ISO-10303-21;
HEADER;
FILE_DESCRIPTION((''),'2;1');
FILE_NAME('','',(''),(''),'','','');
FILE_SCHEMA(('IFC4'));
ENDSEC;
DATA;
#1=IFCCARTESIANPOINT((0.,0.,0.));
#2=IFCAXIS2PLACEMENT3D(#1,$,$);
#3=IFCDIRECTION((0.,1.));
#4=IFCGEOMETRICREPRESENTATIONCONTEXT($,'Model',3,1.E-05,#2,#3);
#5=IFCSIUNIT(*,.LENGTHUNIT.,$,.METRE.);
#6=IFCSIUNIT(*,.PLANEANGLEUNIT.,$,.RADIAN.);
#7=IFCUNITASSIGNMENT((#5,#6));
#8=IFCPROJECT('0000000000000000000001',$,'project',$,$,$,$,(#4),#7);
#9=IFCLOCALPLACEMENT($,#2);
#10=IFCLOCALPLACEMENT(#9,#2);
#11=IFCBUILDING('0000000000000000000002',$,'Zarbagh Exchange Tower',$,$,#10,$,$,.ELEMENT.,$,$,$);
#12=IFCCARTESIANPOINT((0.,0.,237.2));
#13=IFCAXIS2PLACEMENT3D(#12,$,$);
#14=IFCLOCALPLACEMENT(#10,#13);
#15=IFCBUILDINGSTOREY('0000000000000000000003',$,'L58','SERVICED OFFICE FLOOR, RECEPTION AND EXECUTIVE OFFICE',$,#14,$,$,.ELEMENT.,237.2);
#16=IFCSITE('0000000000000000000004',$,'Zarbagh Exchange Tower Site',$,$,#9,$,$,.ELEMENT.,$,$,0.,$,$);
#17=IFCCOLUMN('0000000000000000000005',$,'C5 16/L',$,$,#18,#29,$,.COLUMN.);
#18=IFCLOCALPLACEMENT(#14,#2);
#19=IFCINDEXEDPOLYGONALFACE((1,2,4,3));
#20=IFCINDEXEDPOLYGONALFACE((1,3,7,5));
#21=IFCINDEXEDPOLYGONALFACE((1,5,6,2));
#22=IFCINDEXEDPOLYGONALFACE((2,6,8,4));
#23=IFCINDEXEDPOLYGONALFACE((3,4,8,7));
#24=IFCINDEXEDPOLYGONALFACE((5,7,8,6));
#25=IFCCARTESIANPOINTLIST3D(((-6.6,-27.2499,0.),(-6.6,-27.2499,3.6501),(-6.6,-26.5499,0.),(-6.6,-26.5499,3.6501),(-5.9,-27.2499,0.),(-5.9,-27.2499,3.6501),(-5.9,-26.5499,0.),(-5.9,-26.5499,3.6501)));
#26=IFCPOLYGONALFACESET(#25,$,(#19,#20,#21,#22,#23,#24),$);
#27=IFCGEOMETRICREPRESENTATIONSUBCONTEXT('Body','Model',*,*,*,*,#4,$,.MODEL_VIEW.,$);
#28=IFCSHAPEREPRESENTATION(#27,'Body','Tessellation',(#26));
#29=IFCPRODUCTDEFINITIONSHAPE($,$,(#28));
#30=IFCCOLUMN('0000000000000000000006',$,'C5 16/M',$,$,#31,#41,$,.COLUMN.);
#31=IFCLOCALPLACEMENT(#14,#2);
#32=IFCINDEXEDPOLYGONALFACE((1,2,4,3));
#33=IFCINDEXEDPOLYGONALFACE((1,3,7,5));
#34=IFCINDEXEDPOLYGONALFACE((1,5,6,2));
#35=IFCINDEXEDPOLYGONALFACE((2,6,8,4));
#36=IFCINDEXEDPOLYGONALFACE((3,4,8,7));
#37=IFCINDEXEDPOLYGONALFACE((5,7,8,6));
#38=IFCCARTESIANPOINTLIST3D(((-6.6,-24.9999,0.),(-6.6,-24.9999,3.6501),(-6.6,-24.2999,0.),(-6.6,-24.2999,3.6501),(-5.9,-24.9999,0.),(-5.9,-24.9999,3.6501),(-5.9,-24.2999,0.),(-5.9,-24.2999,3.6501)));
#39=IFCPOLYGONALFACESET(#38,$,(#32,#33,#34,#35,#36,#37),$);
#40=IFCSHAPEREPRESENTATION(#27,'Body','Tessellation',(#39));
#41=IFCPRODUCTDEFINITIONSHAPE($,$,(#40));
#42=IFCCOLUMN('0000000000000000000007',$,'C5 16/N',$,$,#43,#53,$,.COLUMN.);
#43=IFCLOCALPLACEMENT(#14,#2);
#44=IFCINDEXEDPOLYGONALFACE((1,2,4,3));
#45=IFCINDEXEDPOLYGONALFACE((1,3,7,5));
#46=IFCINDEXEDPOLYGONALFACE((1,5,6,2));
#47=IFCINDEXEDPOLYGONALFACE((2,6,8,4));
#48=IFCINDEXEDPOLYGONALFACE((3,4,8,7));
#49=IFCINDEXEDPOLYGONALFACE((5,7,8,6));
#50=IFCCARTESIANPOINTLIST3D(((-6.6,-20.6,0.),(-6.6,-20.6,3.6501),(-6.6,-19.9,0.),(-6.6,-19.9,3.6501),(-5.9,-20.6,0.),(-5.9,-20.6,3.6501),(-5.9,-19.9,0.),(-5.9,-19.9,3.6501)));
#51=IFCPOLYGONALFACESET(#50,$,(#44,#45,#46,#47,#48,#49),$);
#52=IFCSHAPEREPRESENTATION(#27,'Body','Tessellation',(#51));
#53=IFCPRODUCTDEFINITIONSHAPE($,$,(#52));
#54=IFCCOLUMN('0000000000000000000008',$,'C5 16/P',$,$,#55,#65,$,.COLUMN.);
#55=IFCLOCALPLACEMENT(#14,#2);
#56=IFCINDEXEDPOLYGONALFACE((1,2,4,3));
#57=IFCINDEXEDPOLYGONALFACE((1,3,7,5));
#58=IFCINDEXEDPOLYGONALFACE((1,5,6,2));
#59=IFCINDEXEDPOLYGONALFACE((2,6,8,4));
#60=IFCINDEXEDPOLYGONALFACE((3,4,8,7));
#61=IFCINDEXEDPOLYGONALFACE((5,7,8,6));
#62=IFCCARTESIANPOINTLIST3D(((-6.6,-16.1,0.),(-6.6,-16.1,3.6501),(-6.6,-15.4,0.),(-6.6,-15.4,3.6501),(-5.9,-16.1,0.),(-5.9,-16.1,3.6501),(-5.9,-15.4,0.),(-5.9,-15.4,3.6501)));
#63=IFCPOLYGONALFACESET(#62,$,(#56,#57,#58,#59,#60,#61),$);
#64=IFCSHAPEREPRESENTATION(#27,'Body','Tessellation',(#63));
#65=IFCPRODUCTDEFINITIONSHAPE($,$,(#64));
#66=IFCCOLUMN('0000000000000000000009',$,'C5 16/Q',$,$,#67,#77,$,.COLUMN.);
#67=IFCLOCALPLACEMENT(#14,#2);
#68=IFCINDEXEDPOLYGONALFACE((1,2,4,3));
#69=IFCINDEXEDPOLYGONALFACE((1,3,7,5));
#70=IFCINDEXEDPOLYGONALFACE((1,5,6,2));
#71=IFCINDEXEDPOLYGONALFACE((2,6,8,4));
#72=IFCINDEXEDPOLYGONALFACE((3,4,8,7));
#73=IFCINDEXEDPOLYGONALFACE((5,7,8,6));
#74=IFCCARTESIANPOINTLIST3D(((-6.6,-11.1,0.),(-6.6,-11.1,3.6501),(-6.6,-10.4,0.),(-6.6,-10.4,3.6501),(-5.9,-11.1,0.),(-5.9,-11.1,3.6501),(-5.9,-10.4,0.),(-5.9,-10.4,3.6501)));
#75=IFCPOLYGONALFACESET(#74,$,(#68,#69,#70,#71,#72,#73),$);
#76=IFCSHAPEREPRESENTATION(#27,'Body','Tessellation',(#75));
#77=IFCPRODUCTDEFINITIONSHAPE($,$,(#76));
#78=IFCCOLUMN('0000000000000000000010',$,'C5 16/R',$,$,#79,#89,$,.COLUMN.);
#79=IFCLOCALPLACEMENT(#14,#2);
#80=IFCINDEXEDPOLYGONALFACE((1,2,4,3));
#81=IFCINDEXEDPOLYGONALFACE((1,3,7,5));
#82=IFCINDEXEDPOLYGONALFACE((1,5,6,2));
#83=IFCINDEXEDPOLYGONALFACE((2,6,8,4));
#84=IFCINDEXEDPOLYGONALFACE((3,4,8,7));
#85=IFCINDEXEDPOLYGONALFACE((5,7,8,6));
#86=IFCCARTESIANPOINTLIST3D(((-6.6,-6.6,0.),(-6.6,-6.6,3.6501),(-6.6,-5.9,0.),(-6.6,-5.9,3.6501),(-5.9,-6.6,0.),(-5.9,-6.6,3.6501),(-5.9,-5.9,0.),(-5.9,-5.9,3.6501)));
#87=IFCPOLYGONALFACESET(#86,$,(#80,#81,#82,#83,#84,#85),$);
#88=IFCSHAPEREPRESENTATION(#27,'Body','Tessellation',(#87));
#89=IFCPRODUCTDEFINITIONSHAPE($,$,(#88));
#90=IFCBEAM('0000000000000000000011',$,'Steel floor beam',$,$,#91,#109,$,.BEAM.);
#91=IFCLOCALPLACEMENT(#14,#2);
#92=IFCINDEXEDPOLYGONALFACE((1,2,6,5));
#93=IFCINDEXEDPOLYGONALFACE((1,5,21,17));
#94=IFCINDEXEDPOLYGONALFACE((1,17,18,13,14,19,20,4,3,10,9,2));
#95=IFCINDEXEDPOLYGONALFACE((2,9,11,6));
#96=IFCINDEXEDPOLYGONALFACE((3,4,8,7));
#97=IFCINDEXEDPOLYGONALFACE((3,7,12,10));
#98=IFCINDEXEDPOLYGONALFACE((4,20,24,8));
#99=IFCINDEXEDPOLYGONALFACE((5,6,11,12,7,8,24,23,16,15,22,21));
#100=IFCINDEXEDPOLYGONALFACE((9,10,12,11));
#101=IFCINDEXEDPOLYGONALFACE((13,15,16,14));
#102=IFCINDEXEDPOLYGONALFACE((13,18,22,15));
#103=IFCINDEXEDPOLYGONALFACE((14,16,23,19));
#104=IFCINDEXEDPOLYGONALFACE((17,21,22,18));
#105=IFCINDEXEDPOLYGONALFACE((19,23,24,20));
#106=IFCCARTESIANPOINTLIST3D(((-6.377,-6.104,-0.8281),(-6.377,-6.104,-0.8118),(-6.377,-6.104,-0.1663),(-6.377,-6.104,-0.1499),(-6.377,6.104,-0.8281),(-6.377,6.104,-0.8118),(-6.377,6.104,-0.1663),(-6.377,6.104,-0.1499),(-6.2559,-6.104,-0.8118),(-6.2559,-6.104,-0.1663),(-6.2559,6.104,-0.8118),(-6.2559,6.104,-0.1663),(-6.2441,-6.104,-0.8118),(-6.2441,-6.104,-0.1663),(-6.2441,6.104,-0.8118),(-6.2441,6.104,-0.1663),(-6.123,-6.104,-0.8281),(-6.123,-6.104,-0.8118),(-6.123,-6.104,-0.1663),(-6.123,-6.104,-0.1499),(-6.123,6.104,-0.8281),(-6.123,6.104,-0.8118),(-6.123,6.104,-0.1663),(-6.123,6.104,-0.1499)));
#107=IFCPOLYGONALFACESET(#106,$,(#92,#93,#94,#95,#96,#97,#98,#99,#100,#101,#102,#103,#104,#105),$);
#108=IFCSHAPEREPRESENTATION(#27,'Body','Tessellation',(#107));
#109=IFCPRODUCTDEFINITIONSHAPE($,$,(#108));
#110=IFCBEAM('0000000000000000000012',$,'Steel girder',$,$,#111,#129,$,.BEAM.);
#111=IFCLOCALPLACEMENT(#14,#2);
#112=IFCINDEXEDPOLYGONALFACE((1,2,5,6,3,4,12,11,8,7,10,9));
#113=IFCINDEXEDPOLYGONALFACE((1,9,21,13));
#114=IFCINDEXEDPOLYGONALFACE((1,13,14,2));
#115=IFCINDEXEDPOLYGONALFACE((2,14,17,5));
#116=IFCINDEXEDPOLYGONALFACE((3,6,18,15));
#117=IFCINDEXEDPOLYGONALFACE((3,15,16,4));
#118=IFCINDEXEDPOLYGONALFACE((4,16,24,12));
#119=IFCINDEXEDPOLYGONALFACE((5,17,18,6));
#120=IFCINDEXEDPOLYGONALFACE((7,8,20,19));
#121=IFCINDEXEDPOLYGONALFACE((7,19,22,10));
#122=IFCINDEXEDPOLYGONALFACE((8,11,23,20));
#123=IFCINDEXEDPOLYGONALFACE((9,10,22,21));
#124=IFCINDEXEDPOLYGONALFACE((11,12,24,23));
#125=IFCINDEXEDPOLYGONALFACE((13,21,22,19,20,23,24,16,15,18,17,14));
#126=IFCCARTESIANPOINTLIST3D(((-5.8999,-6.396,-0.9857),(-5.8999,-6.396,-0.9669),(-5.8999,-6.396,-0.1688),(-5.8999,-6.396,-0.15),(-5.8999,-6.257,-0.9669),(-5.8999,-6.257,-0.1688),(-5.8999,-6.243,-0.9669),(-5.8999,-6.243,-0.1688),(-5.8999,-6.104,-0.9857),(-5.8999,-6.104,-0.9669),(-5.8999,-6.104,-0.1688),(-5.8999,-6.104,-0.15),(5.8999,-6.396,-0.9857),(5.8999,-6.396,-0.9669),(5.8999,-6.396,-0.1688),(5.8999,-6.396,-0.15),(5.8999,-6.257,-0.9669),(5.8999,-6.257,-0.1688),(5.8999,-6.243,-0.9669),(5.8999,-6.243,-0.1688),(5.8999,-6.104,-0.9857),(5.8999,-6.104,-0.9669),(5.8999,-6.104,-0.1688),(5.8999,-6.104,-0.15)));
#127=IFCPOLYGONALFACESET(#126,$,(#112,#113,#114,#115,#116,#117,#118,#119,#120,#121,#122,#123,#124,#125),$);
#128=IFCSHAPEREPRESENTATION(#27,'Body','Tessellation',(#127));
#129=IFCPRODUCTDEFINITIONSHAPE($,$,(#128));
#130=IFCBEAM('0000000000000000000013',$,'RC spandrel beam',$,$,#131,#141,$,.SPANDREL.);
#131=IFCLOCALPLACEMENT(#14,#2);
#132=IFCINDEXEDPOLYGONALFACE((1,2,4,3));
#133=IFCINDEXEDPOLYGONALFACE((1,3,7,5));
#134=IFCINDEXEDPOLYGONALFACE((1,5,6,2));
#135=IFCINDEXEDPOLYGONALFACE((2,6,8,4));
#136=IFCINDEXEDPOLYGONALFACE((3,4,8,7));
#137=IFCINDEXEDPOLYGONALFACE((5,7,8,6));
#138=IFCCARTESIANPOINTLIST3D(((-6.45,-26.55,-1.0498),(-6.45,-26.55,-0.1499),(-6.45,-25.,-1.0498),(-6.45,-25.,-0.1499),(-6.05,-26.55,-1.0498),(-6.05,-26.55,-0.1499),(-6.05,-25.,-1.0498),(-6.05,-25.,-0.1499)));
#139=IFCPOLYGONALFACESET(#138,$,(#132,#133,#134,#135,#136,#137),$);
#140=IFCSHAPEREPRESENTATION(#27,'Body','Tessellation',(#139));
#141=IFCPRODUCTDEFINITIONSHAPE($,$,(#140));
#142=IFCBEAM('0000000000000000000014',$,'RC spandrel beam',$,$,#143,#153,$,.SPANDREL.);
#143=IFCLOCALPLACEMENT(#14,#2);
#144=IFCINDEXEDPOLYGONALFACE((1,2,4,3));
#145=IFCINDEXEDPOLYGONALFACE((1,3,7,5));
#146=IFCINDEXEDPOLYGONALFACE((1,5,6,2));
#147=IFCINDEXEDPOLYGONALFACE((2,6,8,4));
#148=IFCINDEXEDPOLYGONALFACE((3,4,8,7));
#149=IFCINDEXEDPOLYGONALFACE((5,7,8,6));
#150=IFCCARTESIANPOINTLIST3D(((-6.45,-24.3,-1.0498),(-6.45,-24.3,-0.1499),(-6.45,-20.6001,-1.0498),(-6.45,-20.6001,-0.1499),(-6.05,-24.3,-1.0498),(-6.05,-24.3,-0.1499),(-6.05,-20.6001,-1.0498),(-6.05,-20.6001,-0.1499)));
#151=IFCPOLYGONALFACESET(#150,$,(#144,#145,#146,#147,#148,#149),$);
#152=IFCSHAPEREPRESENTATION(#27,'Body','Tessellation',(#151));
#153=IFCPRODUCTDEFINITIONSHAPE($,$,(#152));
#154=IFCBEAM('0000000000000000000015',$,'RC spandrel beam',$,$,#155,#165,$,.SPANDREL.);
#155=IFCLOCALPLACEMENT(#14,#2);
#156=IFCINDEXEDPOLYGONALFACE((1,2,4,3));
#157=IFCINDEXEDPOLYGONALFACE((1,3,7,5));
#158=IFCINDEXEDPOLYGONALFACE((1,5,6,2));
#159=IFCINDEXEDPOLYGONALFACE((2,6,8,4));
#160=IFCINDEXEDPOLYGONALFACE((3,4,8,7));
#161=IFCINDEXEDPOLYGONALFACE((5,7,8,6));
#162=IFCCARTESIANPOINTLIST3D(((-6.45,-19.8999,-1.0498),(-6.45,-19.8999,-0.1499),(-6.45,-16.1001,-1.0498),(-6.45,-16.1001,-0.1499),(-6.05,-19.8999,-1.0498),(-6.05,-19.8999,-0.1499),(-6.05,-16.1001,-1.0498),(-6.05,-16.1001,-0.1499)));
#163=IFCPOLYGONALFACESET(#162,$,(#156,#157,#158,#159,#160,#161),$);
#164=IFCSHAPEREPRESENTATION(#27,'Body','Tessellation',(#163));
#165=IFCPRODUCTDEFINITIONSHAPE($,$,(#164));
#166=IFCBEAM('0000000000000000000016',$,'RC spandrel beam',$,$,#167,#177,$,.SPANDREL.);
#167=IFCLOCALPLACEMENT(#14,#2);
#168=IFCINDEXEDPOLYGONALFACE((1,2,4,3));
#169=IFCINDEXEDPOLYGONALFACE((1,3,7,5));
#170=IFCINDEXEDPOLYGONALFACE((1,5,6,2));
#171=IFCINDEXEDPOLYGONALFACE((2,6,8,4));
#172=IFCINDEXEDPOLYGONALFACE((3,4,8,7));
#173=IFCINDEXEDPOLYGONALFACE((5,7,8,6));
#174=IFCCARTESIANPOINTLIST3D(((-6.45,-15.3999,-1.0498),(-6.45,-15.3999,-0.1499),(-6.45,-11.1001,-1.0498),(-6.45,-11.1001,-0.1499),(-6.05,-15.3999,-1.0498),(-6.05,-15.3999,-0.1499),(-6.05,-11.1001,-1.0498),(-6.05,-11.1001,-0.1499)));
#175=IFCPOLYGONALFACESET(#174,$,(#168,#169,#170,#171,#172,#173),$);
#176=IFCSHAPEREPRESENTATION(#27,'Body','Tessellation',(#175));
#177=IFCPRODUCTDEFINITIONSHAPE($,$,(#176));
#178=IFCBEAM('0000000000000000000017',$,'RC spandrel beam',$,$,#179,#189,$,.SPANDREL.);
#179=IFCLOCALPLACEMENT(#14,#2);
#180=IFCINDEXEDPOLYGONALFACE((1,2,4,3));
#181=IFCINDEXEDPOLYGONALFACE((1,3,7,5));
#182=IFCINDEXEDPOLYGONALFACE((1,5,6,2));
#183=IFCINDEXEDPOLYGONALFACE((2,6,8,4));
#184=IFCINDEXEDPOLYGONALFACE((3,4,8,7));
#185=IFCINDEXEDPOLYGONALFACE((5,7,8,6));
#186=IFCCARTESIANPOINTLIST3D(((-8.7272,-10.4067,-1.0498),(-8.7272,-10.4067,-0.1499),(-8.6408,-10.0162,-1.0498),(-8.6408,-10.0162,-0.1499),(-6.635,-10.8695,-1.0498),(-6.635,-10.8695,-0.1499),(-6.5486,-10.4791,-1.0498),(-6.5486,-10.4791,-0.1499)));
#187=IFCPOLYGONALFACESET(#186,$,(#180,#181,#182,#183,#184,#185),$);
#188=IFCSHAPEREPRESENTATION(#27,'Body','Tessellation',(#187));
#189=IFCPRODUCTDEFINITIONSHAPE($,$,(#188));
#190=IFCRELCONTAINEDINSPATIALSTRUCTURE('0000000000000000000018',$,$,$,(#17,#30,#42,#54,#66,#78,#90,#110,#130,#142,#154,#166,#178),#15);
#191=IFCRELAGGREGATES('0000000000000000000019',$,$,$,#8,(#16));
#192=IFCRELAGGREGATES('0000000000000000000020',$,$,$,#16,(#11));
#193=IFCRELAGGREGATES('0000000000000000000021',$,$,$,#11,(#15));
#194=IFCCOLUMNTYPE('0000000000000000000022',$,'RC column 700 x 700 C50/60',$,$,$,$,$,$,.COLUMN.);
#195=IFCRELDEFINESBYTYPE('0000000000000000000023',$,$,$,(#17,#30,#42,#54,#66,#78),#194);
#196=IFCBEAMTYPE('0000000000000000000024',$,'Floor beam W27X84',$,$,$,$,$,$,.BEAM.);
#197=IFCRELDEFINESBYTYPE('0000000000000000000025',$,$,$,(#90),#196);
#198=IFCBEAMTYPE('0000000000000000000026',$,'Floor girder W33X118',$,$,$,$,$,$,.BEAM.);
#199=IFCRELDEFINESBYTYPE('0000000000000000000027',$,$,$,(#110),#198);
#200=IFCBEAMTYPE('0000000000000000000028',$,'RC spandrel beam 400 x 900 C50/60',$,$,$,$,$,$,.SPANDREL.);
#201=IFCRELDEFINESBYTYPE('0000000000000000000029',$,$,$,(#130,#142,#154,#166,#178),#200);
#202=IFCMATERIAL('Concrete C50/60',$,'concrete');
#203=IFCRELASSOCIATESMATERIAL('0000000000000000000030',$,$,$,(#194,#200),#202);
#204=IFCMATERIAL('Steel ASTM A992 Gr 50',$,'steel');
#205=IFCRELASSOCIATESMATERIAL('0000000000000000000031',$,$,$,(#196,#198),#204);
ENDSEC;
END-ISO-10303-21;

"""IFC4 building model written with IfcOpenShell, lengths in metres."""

from ifc_helpers import new_model, si_unit, direction, frame, origin, origin_2d, place, context, subcontext, project, spatial, rectangle, i_section, extrude, material, material_profile, profile_set, type_object, element, save


model = new_model("IFC4")

# Units and contexts
model_context = context("Model", 3, precision=1e-05, world=origin(), true_north=direction((0.0, 1.0)))
body_context = subcontext(model_context, "Body", "Model", "MODEL_VIEW")
ifc_project = project(units=[si_unit("LENGTHUNIT", "METRE"), si_unit("PLANEANGLEUNIT", "RADIAN")], contexts=[model_context])

# Site, building, storey
site_placement = place(None, origin())
site = spatial("IfcSite", under=ifc_project, at=site_placement, Name="Zarbagh Exchange Tower Site", CompositionType="ELEMENT", RefElevation=0.0)
building_placement = place(site_placement, origin())
building = spatial("IfcBuilding", under=site, at=building_placement, Name="Zarbagh Exchange Tower", CompositionType="ELEMENT")
storey_placement = place(building_placement, frame((0.0, 0.0, 237.2)))
storey = spatial("IfcBuildingStorey", under=building, at=storey_placement, Name="L58", Description="SERVICED OFFICE FLOOR, RECEPTION AND EXECUTIVE OFFICE", CompositionType="ELEMENT", Elevation=237.2)

# Columns
ifc_material_1 = material(Name="Concrete C50/60", Category="concrete")
ifc_material_profile_1 = material_profile(ifc_material_1, rectangle(XDim=0.7, YDim=0.7, at=origin_2d()), Name="RC column 700 x 700 C50/60")
ifc_profile_set_1 = profile_set([ifc_material_profile_1], Name="Concrete C50/60")
column_type = type_object("IfcColumnType", Name="RC column 700 x 700 C50/60", PredefinedType="COLUMN", material=ifc_profile_set_1)
for number, where, z_axis, x_axis, name in (
    (1, (-6.25, -26.8999, 0.0), (0.0, 0.0, 1.0), (1.0, 0.0, 0.0), "C5 16/L"),
    (2, (-6.25, -24.6499, 0.0), (0.0, 0.0, 1.0), (1.0, 0.0, 0.0), "C5 16/M"),
    (3, (-6.25, -20.25, 0.0), (0.0, 0.0, 1.0), (1.0, 0.0, 0.0), "C5 16/N"),
    (4, (-6.25, -15.75, 0.0), (0.0, 0.0, 1.0), (1.0, 0.0, 0.0), "C5 16/P"),
    (5, (-6.25, -10.75, 0.0), (0.0, 0.0, 1.0), (1.0, 0.0, 0.0), "C5 16/Q"),
    (6, (-6.25, -6.25, 0.0), (0.0, 0.0, 1.0), (1.0, 0.0, 0.0), "C5 16/R"),
):
    element("IfcColumn", number, at=place(storey_placement, frame(where, z_axis=z_axis, x_axis=x_axis)), inside=storey, type_object=column_type, Name=name, PredefinedType="COLUMN", context=body_context, shape_type="SweptSolid", body=[
        extrude(rectangle(XDim=0.7, YDim=0.7, at=origin_2d()), origin(), (0.0, 0.0, 1.0), 3.6501),
    ])

# Beams
ifc_material_2 = material(Name="Steel ASTM A992 Gr 50", Category="steel")
ifc_material_profile_2 = material_profile(ifc_material_2, i_section(OverallWidth=0.2539, OverallDepth=0.6782, WebThickness=0.0117, FlangeThickness=0.0164, at=origin_2d()), Name="W27X84")
ifc_profile_set_2 = profile_set([ifc_material_profile_2], Name="Steel ASTM A992 Gr 50")
beam_type_1 = type_object("IfcBeamType", Name="Floor beam W27X84", PredefinedType="BEAM", material=ifc_profile_set_2)
beam_1_placement = place(storey_placement, frame((-6.25, -6.104, -0.489), z_axis=(0.0, 1.0, 0.0), x_axis=(-1.0, 0.0, 0.0)))
element("IfcBeam", 7, at=beam_1_placement, inside=storey, type_object=beam_type_1, Name="Steel floor beam", PredefinedType="BEAM", context=body_context, shape_type="SweptSolid", body=[
    extrude(i_section(OverallWidth=0.2539, OverallDepth=0.6782, WebThickness=0.0117, FlangeThickness=0.0164, at=origin_2d()), origin(), (0.0, 0.0, 1.0), 12.208),
])
ifc_material_profile_3 = material_profile(ifc_material_2, i_section(OverallWidth=0.292, OverallDepth=0.8357, WebThickness=0.0139, FlangeThickness=0.0188, at=origin_2d()), Name="W33X118")
ifc_profile_set_3 = profile_set([ifc_material_profile_3], Name="Steel ASTM A992 Gr 50")
beam_type_2 = type_object("IfcBeamType", Name="Floor girder W33X118", PredefinedType="BEAM", material=ifc_profile_set_3)
beam_2_placement = place(storey_placement, frame((-5.8999, -6.25, -0.5679), z_axis=(1.0, 0.0, 0.0), x_axis=(0.0, 1.0, 0.0)))
element("IfcBeam", 8, at=beam_2_placement, inside=storey, type_object=beam_type_2, Name="Steel girder", PredefinedType="BEAM", context=body_context, shape_type="SweptSolid", body=[
    extrude(i_section(OverallWidth=0.292, OverallDepth=0.8357, WebThickness=0.0139, FlangeThickness=0.0188, at=origin_2d()), origin(), (0.0, 0.0, 1.0), 11.7998),
])
ifc_material_profile_4 = material_profile(ifc_material_1, rectangle(XDim=0.3999, YDim=0.8999, at=origin_2d()), Name="RC spandrel beam 400 x 900 C50/60")
ifc_profile_set_4 = profile_set([ifc_material_profile_4], Name="Concrete C50/60")
beam_type_3 = type_object("IfcBeamType", Name="RC spandrel beam 400 x 900 C50/60", PredefinedType="SPANDREL", material=ifc_profile_set_4)
beam_3_placement = place(storey_placement, frame((-6.25, -26.55, -0.5999), z_axis=(0.0, 1.0, 0.0), x_axis=(-1.0, 0.0, 0.0)))
element("IfcBeam", 9, at=beam_3_placement, inside=storey, type_object=beam_type_3, Name="RC spandrel beam", PredefinedType="SPANDREL", context=body_context, shape_type="SweptSolid", body=[
    extrude(rectangle(XDim=0.3999, YDim=0.8999, at=origin_2d()), origin(), (0.0, 0.0, 1.0), 1.55),
])
beam_4_placement = place(storey_placement, frame((-6.25, -24.3, -0.5999), z_axis=(0.0, 1.0, 0.0), x_axis=(-1.0, 0.0, 0.0)))
element("IfcBeam", 10, at=beam_4_placement, inside=storey, type_object=beam_type_3, Name="RC spandrel beam", PredefinedType="SPANDREL", context=body_context, shape_type="SweptSolid", body=[
    extrude(rectangle(XDim=0.3999, YDim=0.8999, at=origin_2d()), origin(), (0.0, 0.0, 1.0), 3.7),
])
beam_5_placement = place(storey_placement, frame((-6.25, -19.8999, -0.5999), z_axis=(0.0, 1.0, 0.0), x_axis=(-1.0, 0.0, 0.0)))
element("IfcBeam", 11, at=beam_5_placement, inside=storey, type_object=beam_type_3, Name="RC spandrel beam", PredefinedType="SPANDREL", context=body_context, shape_type="SweptSolid", body=[
    extrude(rectangle(XDim=0.3999, YDim=0.8999, at=origin_2d()), origin(), (0.0, 0.0, 1.0), 3.7998),
])
beam_6_placement = place(storey_placement, frame((-6.25, -15.3999, -0.5999), z_axis=(0.0, 1.0, 0.0), x_axis=(-1.0, 0.0, 0.0)))
element("IfcBeam", 12, at=beam_6_placement, inside=storey, type_object=beam_type_3, Name="RC spandrel beam", PredefinedType="SPANDREL", context=body_context, shape_type="SweptSolid", body=[
    extrude(rectangle(XDim=0.3999, YDim=0.8999, at=origin_2d()), origin(), (0.0, 0.0, 1.0), 4.2998),
])
beam_7_placement = place(storey_placement, frame((-6.5918, -10.6743, -0.5999), z_axis=(-0.97639, 0.216014, 0.0), x_axis=(-0.216014, -0.97639, 0.0)))
element("IfcBeam", 13, at=beam_7_placement, inside=storey, type_object=beam_type_3, Name="RC spandrel beam", PredefinedType="SPANDREL", context=body_context, shape_type="SweptSolid", body=[
    extrude(rectangle(XDim=0.3999, YDim=0.8999, at=origin_2d()), origin(), (0.0, 0.0, 1.0), 2.1428),
])

save(model, "model.ifc")
